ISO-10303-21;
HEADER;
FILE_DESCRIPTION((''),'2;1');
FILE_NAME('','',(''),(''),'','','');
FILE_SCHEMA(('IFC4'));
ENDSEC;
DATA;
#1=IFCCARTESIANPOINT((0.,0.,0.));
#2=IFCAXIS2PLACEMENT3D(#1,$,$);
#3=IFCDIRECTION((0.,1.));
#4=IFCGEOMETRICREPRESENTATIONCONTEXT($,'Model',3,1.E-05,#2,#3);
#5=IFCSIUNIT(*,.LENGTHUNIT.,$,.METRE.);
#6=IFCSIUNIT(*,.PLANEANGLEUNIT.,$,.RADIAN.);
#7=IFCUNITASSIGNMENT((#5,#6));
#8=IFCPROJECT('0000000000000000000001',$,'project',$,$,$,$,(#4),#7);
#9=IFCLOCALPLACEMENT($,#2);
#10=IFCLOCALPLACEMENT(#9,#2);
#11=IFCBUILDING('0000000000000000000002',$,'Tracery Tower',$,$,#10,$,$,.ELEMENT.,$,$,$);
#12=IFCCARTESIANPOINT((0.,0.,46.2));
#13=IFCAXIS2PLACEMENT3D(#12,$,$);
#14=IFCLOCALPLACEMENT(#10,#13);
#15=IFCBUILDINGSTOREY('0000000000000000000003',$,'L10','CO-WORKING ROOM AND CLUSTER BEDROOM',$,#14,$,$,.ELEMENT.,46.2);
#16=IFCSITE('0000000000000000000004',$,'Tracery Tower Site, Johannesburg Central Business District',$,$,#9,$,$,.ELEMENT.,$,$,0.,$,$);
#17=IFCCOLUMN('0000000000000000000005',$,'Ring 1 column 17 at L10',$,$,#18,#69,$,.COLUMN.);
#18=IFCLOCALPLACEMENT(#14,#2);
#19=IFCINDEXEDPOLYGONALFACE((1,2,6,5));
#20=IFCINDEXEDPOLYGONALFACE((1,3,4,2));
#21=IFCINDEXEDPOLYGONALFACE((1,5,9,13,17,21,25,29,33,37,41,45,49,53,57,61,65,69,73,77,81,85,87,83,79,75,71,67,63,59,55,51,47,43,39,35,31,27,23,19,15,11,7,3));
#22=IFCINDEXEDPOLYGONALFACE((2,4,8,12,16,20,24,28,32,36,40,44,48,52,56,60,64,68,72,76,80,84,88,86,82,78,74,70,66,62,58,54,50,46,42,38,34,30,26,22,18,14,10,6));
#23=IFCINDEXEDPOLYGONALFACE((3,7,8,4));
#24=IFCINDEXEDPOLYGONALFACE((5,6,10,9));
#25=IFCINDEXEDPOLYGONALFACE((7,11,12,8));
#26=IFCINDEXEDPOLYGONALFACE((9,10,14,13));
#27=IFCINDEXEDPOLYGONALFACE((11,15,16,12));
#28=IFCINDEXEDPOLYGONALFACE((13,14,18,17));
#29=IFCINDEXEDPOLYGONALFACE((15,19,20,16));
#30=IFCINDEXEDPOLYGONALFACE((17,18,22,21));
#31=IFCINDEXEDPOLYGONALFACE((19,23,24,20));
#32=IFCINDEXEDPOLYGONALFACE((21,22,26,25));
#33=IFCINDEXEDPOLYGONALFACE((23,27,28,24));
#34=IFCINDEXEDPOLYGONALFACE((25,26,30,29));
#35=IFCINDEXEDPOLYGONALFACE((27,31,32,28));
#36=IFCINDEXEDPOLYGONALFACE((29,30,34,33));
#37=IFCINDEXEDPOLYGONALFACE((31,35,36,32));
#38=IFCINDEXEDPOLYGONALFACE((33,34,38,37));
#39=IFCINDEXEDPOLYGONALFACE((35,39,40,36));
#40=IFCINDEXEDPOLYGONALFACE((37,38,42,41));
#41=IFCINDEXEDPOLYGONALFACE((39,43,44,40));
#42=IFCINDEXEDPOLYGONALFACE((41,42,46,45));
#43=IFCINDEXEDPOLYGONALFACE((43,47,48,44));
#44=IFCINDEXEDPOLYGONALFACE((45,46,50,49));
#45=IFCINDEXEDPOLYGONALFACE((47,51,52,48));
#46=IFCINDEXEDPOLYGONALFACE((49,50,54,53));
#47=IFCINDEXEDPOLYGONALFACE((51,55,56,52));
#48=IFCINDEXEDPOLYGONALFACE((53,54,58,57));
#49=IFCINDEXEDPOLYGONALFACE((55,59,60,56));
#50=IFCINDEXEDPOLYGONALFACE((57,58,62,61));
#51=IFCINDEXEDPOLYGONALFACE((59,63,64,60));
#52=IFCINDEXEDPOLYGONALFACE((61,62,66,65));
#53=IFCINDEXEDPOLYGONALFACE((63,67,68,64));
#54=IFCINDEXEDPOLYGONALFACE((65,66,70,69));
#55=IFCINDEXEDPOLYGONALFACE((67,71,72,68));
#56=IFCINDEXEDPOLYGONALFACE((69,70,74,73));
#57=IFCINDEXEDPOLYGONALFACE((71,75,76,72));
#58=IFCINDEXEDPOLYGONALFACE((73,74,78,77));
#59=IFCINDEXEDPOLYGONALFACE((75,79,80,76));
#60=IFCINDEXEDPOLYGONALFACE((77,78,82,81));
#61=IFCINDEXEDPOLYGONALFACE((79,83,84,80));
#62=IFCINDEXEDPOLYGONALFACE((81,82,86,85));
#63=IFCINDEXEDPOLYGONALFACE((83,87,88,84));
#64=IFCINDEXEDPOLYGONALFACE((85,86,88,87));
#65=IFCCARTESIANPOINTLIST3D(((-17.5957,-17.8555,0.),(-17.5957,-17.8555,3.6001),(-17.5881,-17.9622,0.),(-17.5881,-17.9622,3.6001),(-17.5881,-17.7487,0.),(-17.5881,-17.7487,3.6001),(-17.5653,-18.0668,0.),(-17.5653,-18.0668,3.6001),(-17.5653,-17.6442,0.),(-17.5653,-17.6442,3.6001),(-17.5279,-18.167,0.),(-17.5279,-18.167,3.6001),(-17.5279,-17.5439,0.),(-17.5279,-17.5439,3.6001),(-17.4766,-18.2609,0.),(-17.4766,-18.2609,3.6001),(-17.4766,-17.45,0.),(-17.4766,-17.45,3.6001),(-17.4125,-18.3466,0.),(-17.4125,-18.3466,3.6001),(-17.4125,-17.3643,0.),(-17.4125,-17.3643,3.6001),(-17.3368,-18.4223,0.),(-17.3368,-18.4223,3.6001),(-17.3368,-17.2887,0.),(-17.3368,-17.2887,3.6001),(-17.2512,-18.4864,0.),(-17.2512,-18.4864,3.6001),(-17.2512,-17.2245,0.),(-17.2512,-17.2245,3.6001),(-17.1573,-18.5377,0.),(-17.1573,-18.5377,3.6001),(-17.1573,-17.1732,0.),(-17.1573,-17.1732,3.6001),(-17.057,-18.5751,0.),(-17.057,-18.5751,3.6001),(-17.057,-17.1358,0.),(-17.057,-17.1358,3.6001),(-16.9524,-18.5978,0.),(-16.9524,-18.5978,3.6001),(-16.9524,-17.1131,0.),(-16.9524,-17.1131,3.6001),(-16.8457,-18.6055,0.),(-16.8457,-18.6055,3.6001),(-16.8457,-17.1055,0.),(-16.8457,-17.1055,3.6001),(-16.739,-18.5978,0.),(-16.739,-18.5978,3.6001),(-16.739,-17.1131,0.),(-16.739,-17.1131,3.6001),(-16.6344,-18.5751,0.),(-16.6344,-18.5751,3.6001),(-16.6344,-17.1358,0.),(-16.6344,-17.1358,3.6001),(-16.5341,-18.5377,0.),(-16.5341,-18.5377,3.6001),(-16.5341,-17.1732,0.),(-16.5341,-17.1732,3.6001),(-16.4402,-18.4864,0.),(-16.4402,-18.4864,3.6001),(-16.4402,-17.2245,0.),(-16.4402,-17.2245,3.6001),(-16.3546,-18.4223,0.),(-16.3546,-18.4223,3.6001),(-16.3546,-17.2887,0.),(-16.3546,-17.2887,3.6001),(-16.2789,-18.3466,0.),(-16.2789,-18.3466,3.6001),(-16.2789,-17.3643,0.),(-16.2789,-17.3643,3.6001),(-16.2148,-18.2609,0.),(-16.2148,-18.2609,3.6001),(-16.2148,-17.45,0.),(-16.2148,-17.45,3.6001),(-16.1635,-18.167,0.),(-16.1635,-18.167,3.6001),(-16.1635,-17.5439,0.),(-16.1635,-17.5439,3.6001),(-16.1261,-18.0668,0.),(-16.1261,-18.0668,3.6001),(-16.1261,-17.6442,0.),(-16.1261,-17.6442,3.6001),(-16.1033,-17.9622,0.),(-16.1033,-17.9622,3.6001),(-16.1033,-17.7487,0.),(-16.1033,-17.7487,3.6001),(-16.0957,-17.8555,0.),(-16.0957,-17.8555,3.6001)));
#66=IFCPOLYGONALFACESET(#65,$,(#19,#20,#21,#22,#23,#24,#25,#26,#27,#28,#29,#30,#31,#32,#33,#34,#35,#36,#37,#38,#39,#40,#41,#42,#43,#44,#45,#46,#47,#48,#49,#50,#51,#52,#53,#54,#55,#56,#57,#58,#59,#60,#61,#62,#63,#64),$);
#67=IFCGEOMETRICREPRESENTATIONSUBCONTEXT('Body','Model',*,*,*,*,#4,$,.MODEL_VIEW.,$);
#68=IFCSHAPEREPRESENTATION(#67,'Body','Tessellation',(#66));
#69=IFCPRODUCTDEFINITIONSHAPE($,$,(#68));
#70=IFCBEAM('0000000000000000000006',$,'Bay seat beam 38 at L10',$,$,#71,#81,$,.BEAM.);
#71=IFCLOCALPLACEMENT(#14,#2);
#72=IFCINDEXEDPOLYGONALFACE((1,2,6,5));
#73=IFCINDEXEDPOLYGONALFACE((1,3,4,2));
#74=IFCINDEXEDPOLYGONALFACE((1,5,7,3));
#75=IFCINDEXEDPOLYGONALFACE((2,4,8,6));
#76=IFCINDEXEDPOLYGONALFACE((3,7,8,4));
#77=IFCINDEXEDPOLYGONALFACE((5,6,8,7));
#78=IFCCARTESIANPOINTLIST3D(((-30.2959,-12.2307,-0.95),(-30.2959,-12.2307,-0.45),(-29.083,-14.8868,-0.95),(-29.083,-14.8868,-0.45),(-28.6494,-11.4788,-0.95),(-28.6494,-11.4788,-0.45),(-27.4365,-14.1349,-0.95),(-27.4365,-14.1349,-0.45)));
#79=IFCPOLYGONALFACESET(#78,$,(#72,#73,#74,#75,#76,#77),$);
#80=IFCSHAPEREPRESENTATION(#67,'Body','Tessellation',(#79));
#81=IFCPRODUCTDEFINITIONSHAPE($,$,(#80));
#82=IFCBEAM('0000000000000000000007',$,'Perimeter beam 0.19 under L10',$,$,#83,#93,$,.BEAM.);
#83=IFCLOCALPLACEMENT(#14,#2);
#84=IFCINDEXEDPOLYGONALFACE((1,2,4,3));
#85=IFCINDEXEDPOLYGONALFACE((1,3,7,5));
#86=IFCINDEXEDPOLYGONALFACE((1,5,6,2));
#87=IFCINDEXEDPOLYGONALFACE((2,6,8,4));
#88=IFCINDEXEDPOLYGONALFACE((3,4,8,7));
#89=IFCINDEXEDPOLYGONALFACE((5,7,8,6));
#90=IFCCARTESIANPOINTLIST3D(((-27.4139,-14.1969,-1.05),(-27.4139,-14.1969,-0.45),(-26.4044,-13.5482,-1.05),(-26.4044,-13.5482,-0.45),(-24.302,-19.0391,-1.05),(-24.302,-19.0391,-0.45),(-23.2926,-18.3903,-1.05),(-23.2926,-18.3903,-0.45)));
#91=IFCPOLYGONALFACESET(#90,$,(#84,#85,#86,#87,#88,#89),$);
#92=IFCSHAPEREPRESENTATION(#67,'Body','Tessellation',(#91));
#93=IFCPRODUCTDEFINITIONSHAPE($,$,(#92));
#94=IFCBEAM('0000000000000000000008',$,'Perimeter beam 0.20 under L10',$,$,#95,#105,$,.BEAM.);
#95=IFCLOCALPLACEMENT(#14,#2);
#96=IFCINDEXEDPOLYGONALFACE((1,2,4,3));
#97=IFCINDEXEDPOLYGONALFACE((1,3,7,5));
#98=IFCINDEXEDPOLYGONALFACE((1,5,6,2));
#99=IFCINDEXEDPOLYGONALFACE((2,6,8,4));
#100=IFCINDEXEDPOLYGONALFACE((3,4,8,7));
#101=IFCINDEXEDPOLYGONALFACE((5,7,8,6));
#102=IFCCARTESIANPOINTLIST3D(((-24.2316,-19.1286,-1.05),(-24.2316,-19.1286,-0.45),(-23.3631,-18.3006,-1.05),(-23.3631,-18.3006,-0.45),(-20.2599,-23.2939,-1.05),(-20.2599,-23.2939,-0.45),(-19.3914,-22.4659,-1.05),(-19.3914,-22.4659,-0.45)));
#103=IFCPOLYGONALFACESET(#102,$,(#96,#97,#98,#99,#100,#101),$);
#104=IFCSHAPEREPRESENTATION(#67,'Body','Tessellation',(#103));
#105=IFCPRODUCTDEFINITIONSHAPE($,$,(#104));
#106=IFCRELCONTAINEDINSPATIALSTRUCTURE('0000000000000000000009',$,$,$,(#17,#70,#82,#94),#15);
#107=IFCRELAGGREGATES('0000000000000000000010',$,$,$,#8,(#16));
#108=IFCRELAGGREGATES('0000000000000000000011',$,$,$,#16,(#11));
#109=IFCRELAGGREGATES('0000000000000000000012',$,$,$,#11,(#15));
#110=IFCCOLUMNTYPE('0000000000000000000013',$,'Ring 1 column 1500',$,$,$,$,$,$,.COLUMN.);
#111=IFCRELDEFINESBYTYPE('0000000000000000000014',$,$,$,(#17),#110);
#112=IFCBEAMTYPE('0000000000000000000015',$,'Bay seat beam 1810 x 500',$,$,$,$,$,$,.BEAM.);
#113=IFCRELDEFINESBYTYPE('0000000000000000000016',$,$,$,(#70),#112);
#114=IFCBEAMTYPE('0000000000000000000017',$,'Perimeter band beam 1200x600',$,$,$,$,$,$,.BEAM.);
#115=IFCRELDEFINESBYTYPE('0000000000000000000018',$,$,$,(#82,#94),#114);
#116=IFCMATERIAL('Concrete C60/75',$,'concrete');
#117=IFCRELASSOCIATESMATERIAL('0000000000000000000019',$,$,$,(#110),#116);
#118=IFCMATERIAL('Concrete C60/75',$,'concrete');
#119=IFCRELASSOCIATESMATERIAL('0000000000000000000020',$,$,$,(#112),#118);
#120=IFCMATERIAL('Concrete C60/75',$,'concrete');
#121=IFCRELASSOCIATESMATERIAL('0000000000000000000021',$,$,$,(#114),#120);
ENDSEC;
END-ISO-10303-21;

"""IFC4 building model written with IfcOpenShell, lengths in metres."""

from ifc_helpers import new_model, si_unit, direction, frame, origin, origin_2d, place, context, subcontext, project, spatial, rectangle, circle, extrude, material, material_profile, profile_set, type_object, element, save


model = new_model("IFC4")

# Units and contexts
model_context = context("Model", 3, precision=1e-05, world=origin(), true_north=direction((0.0, 1.0)))
body_context = subcontext(model_context, "Body", "Model", "MODEL_VIEW")
ifc_project = project(units=[si_unit("LENGTHUNIT", "METRE"), si_unit("PLANEANGLEUNIT", "RADIAN")], contexts=[model_context])

# Site, building, storey
site_placement = place(None, origin())
site = spatial("IfcSite", under=ifc_project, at=site_placement, Name="Tracery Tower Site, Johannesburg Central Business District", CompositionType="ELEMENT", RefElevation=0.0)
building_placement = place(site_placement, origin())
building = spatial("IfcBuilding", under=site, at=building_placement, Name="Tracery Tower", CompositionType="ELEMENT")
storey_placement = place(building_placement, frame((0.0, 0.0, 46.2)))
storey = spatial("IfcBuildingStorey", under=building, at=storey_placement, Name="L10", Description="CO-WORKING ROOM AND CLUSTER BEDROOM", CompositionType="ELEMENT", Elevation=46.2)

# Column
ifc_material_1 = material(Name="Concrete C60/75", Category="concrete")
ifc_material_profile_1 = material_profile(ifc_material_1, circle(Radius=0.75, at=origin_2d()), Name="RC D1500")
ifc_profile_set_1 = profile_set([ifc_material_profile_1], Name="Concrete C60/75")
column_type_1 = type_object("IfcColumnType", Name="Ring 1 column 1500", PredefinedType="COLUMN", material=ifc_profile_set_1)
for number, where, z_axis, x_axis, name in (
    (1, (-16.8457, -17.8555, 0.0), (0.0, 0.0, 1.0), (1.0, 0.0, 0.0), "Ring 1 column 17 at L10"),
):
    element("IfcColumn", number, at=place(storey_placement, frame(where, z_axis=z_axis, x_axis=x_axis)), inside=storey, type_object=column_type_1, Name=name, PredefinedType="COLUMN", context=body_context, shape_type="SweptSolid", body=[
        extrude(circle(Radius=0.75, at=origin_2d()), origin(), (0.0, 0.0, 1.0), 3.6001),
    ])

# Beams
ifc_material_2 = material(Name="Concrete C60/75", Category="concrete")
ifc_material_profile_2 = material_profile(ifc_material_2, rectangle(XDim=1.8101, YDim=0.5, at=origin_2d()), Name="RC 1810x500")
ifc_profile_set_2 = profile_set([ifc_material_profile_2], Name="Concrete C60/75")
beam_type_1 = type_object("IfcBeamType", Name="Bay seat beam 1810 x 500", PredefinedType="BEAM", material=ifc_profile_set_2)
beam_1_placement = place(storey_placement, frame((-29.4727, -11.8547, -0.7), z_axis=(0.415396, -0.909641, 0.0), x_axis=(0.909641, 0.415396, 0.0)))
element("IfcBeam", 2, at=beam_1_placement, inside=storey, type_object=beam_type_1, Name="Bay seat beam 38 at L10", PredefinedType="BEAM", context=body_context, shape_type="SweptSolid", body=[
    extrude(rectangle(XDim=1.8101, YDim=0.5, at=origin_2d()), origin(), (0.0, 0.0, 1.0), 2.9199),
])
ifc_material_3 = material(Name="Concrete C60/75", Category="concrete")
ifc_material_profile_3 = material_profile(ifc_material_3, rectangle(XDim=1.2, YDim=0.6001, at=origin_2d()), Name="RC 1200x600")
ifc_profile_set_3 = profile_set([ifc_material_profile_3], Name="Concrete C60/75")
beam_type_2 = type_object("IfcBeamType", Name="Perimeter band beam 1200x600", PredefinedType="BEAM", material=ifc_profile_set_3)
beam_2_placement = place(storey_placement, frame((-26.9092, -13.8726, -0.75), z_axis=(0.540644, -0.841252, 0.0), x_axis=(0.841252, 0.540644, 0.0)))
element("IfcBeam", 3, at=beam_2_placement, inside=storey, type_object=beam_type_2, Name="Perimeter beam 0.19 under L10", PredefinedType="BEAM", context=body_context, shape_type="SweptSolid", body=[
    extrude(rectangle(XDim=1.2, YDim=0.6001, at=origin_2d()), origin(), (0.0, 0.0, 1.0), 5.7559),
])
beam_3_placement = place(storey_placement, frame((-23.7974, -18.7146, -0.75), z_axis=(0.690087, -0.723726, 0.0), x_axis=(0.723726, 0.690087, 0.0)))
element("IfcBeam", 4, at=beam_3_placement, inside=storey, type_object=beam_type_2, Name="Perimeter beam 0.20 under L10", PredefinedType="BEAM", context=body_context, shape_type="SweptSolid", body=[
    extrude(rectangle(XDim=1.2, YDim=0.6001, at=origin_2d()), origin(), (0.0, 0.0, 1.0), 5.7554),
])

save(model, "model.ifc")
